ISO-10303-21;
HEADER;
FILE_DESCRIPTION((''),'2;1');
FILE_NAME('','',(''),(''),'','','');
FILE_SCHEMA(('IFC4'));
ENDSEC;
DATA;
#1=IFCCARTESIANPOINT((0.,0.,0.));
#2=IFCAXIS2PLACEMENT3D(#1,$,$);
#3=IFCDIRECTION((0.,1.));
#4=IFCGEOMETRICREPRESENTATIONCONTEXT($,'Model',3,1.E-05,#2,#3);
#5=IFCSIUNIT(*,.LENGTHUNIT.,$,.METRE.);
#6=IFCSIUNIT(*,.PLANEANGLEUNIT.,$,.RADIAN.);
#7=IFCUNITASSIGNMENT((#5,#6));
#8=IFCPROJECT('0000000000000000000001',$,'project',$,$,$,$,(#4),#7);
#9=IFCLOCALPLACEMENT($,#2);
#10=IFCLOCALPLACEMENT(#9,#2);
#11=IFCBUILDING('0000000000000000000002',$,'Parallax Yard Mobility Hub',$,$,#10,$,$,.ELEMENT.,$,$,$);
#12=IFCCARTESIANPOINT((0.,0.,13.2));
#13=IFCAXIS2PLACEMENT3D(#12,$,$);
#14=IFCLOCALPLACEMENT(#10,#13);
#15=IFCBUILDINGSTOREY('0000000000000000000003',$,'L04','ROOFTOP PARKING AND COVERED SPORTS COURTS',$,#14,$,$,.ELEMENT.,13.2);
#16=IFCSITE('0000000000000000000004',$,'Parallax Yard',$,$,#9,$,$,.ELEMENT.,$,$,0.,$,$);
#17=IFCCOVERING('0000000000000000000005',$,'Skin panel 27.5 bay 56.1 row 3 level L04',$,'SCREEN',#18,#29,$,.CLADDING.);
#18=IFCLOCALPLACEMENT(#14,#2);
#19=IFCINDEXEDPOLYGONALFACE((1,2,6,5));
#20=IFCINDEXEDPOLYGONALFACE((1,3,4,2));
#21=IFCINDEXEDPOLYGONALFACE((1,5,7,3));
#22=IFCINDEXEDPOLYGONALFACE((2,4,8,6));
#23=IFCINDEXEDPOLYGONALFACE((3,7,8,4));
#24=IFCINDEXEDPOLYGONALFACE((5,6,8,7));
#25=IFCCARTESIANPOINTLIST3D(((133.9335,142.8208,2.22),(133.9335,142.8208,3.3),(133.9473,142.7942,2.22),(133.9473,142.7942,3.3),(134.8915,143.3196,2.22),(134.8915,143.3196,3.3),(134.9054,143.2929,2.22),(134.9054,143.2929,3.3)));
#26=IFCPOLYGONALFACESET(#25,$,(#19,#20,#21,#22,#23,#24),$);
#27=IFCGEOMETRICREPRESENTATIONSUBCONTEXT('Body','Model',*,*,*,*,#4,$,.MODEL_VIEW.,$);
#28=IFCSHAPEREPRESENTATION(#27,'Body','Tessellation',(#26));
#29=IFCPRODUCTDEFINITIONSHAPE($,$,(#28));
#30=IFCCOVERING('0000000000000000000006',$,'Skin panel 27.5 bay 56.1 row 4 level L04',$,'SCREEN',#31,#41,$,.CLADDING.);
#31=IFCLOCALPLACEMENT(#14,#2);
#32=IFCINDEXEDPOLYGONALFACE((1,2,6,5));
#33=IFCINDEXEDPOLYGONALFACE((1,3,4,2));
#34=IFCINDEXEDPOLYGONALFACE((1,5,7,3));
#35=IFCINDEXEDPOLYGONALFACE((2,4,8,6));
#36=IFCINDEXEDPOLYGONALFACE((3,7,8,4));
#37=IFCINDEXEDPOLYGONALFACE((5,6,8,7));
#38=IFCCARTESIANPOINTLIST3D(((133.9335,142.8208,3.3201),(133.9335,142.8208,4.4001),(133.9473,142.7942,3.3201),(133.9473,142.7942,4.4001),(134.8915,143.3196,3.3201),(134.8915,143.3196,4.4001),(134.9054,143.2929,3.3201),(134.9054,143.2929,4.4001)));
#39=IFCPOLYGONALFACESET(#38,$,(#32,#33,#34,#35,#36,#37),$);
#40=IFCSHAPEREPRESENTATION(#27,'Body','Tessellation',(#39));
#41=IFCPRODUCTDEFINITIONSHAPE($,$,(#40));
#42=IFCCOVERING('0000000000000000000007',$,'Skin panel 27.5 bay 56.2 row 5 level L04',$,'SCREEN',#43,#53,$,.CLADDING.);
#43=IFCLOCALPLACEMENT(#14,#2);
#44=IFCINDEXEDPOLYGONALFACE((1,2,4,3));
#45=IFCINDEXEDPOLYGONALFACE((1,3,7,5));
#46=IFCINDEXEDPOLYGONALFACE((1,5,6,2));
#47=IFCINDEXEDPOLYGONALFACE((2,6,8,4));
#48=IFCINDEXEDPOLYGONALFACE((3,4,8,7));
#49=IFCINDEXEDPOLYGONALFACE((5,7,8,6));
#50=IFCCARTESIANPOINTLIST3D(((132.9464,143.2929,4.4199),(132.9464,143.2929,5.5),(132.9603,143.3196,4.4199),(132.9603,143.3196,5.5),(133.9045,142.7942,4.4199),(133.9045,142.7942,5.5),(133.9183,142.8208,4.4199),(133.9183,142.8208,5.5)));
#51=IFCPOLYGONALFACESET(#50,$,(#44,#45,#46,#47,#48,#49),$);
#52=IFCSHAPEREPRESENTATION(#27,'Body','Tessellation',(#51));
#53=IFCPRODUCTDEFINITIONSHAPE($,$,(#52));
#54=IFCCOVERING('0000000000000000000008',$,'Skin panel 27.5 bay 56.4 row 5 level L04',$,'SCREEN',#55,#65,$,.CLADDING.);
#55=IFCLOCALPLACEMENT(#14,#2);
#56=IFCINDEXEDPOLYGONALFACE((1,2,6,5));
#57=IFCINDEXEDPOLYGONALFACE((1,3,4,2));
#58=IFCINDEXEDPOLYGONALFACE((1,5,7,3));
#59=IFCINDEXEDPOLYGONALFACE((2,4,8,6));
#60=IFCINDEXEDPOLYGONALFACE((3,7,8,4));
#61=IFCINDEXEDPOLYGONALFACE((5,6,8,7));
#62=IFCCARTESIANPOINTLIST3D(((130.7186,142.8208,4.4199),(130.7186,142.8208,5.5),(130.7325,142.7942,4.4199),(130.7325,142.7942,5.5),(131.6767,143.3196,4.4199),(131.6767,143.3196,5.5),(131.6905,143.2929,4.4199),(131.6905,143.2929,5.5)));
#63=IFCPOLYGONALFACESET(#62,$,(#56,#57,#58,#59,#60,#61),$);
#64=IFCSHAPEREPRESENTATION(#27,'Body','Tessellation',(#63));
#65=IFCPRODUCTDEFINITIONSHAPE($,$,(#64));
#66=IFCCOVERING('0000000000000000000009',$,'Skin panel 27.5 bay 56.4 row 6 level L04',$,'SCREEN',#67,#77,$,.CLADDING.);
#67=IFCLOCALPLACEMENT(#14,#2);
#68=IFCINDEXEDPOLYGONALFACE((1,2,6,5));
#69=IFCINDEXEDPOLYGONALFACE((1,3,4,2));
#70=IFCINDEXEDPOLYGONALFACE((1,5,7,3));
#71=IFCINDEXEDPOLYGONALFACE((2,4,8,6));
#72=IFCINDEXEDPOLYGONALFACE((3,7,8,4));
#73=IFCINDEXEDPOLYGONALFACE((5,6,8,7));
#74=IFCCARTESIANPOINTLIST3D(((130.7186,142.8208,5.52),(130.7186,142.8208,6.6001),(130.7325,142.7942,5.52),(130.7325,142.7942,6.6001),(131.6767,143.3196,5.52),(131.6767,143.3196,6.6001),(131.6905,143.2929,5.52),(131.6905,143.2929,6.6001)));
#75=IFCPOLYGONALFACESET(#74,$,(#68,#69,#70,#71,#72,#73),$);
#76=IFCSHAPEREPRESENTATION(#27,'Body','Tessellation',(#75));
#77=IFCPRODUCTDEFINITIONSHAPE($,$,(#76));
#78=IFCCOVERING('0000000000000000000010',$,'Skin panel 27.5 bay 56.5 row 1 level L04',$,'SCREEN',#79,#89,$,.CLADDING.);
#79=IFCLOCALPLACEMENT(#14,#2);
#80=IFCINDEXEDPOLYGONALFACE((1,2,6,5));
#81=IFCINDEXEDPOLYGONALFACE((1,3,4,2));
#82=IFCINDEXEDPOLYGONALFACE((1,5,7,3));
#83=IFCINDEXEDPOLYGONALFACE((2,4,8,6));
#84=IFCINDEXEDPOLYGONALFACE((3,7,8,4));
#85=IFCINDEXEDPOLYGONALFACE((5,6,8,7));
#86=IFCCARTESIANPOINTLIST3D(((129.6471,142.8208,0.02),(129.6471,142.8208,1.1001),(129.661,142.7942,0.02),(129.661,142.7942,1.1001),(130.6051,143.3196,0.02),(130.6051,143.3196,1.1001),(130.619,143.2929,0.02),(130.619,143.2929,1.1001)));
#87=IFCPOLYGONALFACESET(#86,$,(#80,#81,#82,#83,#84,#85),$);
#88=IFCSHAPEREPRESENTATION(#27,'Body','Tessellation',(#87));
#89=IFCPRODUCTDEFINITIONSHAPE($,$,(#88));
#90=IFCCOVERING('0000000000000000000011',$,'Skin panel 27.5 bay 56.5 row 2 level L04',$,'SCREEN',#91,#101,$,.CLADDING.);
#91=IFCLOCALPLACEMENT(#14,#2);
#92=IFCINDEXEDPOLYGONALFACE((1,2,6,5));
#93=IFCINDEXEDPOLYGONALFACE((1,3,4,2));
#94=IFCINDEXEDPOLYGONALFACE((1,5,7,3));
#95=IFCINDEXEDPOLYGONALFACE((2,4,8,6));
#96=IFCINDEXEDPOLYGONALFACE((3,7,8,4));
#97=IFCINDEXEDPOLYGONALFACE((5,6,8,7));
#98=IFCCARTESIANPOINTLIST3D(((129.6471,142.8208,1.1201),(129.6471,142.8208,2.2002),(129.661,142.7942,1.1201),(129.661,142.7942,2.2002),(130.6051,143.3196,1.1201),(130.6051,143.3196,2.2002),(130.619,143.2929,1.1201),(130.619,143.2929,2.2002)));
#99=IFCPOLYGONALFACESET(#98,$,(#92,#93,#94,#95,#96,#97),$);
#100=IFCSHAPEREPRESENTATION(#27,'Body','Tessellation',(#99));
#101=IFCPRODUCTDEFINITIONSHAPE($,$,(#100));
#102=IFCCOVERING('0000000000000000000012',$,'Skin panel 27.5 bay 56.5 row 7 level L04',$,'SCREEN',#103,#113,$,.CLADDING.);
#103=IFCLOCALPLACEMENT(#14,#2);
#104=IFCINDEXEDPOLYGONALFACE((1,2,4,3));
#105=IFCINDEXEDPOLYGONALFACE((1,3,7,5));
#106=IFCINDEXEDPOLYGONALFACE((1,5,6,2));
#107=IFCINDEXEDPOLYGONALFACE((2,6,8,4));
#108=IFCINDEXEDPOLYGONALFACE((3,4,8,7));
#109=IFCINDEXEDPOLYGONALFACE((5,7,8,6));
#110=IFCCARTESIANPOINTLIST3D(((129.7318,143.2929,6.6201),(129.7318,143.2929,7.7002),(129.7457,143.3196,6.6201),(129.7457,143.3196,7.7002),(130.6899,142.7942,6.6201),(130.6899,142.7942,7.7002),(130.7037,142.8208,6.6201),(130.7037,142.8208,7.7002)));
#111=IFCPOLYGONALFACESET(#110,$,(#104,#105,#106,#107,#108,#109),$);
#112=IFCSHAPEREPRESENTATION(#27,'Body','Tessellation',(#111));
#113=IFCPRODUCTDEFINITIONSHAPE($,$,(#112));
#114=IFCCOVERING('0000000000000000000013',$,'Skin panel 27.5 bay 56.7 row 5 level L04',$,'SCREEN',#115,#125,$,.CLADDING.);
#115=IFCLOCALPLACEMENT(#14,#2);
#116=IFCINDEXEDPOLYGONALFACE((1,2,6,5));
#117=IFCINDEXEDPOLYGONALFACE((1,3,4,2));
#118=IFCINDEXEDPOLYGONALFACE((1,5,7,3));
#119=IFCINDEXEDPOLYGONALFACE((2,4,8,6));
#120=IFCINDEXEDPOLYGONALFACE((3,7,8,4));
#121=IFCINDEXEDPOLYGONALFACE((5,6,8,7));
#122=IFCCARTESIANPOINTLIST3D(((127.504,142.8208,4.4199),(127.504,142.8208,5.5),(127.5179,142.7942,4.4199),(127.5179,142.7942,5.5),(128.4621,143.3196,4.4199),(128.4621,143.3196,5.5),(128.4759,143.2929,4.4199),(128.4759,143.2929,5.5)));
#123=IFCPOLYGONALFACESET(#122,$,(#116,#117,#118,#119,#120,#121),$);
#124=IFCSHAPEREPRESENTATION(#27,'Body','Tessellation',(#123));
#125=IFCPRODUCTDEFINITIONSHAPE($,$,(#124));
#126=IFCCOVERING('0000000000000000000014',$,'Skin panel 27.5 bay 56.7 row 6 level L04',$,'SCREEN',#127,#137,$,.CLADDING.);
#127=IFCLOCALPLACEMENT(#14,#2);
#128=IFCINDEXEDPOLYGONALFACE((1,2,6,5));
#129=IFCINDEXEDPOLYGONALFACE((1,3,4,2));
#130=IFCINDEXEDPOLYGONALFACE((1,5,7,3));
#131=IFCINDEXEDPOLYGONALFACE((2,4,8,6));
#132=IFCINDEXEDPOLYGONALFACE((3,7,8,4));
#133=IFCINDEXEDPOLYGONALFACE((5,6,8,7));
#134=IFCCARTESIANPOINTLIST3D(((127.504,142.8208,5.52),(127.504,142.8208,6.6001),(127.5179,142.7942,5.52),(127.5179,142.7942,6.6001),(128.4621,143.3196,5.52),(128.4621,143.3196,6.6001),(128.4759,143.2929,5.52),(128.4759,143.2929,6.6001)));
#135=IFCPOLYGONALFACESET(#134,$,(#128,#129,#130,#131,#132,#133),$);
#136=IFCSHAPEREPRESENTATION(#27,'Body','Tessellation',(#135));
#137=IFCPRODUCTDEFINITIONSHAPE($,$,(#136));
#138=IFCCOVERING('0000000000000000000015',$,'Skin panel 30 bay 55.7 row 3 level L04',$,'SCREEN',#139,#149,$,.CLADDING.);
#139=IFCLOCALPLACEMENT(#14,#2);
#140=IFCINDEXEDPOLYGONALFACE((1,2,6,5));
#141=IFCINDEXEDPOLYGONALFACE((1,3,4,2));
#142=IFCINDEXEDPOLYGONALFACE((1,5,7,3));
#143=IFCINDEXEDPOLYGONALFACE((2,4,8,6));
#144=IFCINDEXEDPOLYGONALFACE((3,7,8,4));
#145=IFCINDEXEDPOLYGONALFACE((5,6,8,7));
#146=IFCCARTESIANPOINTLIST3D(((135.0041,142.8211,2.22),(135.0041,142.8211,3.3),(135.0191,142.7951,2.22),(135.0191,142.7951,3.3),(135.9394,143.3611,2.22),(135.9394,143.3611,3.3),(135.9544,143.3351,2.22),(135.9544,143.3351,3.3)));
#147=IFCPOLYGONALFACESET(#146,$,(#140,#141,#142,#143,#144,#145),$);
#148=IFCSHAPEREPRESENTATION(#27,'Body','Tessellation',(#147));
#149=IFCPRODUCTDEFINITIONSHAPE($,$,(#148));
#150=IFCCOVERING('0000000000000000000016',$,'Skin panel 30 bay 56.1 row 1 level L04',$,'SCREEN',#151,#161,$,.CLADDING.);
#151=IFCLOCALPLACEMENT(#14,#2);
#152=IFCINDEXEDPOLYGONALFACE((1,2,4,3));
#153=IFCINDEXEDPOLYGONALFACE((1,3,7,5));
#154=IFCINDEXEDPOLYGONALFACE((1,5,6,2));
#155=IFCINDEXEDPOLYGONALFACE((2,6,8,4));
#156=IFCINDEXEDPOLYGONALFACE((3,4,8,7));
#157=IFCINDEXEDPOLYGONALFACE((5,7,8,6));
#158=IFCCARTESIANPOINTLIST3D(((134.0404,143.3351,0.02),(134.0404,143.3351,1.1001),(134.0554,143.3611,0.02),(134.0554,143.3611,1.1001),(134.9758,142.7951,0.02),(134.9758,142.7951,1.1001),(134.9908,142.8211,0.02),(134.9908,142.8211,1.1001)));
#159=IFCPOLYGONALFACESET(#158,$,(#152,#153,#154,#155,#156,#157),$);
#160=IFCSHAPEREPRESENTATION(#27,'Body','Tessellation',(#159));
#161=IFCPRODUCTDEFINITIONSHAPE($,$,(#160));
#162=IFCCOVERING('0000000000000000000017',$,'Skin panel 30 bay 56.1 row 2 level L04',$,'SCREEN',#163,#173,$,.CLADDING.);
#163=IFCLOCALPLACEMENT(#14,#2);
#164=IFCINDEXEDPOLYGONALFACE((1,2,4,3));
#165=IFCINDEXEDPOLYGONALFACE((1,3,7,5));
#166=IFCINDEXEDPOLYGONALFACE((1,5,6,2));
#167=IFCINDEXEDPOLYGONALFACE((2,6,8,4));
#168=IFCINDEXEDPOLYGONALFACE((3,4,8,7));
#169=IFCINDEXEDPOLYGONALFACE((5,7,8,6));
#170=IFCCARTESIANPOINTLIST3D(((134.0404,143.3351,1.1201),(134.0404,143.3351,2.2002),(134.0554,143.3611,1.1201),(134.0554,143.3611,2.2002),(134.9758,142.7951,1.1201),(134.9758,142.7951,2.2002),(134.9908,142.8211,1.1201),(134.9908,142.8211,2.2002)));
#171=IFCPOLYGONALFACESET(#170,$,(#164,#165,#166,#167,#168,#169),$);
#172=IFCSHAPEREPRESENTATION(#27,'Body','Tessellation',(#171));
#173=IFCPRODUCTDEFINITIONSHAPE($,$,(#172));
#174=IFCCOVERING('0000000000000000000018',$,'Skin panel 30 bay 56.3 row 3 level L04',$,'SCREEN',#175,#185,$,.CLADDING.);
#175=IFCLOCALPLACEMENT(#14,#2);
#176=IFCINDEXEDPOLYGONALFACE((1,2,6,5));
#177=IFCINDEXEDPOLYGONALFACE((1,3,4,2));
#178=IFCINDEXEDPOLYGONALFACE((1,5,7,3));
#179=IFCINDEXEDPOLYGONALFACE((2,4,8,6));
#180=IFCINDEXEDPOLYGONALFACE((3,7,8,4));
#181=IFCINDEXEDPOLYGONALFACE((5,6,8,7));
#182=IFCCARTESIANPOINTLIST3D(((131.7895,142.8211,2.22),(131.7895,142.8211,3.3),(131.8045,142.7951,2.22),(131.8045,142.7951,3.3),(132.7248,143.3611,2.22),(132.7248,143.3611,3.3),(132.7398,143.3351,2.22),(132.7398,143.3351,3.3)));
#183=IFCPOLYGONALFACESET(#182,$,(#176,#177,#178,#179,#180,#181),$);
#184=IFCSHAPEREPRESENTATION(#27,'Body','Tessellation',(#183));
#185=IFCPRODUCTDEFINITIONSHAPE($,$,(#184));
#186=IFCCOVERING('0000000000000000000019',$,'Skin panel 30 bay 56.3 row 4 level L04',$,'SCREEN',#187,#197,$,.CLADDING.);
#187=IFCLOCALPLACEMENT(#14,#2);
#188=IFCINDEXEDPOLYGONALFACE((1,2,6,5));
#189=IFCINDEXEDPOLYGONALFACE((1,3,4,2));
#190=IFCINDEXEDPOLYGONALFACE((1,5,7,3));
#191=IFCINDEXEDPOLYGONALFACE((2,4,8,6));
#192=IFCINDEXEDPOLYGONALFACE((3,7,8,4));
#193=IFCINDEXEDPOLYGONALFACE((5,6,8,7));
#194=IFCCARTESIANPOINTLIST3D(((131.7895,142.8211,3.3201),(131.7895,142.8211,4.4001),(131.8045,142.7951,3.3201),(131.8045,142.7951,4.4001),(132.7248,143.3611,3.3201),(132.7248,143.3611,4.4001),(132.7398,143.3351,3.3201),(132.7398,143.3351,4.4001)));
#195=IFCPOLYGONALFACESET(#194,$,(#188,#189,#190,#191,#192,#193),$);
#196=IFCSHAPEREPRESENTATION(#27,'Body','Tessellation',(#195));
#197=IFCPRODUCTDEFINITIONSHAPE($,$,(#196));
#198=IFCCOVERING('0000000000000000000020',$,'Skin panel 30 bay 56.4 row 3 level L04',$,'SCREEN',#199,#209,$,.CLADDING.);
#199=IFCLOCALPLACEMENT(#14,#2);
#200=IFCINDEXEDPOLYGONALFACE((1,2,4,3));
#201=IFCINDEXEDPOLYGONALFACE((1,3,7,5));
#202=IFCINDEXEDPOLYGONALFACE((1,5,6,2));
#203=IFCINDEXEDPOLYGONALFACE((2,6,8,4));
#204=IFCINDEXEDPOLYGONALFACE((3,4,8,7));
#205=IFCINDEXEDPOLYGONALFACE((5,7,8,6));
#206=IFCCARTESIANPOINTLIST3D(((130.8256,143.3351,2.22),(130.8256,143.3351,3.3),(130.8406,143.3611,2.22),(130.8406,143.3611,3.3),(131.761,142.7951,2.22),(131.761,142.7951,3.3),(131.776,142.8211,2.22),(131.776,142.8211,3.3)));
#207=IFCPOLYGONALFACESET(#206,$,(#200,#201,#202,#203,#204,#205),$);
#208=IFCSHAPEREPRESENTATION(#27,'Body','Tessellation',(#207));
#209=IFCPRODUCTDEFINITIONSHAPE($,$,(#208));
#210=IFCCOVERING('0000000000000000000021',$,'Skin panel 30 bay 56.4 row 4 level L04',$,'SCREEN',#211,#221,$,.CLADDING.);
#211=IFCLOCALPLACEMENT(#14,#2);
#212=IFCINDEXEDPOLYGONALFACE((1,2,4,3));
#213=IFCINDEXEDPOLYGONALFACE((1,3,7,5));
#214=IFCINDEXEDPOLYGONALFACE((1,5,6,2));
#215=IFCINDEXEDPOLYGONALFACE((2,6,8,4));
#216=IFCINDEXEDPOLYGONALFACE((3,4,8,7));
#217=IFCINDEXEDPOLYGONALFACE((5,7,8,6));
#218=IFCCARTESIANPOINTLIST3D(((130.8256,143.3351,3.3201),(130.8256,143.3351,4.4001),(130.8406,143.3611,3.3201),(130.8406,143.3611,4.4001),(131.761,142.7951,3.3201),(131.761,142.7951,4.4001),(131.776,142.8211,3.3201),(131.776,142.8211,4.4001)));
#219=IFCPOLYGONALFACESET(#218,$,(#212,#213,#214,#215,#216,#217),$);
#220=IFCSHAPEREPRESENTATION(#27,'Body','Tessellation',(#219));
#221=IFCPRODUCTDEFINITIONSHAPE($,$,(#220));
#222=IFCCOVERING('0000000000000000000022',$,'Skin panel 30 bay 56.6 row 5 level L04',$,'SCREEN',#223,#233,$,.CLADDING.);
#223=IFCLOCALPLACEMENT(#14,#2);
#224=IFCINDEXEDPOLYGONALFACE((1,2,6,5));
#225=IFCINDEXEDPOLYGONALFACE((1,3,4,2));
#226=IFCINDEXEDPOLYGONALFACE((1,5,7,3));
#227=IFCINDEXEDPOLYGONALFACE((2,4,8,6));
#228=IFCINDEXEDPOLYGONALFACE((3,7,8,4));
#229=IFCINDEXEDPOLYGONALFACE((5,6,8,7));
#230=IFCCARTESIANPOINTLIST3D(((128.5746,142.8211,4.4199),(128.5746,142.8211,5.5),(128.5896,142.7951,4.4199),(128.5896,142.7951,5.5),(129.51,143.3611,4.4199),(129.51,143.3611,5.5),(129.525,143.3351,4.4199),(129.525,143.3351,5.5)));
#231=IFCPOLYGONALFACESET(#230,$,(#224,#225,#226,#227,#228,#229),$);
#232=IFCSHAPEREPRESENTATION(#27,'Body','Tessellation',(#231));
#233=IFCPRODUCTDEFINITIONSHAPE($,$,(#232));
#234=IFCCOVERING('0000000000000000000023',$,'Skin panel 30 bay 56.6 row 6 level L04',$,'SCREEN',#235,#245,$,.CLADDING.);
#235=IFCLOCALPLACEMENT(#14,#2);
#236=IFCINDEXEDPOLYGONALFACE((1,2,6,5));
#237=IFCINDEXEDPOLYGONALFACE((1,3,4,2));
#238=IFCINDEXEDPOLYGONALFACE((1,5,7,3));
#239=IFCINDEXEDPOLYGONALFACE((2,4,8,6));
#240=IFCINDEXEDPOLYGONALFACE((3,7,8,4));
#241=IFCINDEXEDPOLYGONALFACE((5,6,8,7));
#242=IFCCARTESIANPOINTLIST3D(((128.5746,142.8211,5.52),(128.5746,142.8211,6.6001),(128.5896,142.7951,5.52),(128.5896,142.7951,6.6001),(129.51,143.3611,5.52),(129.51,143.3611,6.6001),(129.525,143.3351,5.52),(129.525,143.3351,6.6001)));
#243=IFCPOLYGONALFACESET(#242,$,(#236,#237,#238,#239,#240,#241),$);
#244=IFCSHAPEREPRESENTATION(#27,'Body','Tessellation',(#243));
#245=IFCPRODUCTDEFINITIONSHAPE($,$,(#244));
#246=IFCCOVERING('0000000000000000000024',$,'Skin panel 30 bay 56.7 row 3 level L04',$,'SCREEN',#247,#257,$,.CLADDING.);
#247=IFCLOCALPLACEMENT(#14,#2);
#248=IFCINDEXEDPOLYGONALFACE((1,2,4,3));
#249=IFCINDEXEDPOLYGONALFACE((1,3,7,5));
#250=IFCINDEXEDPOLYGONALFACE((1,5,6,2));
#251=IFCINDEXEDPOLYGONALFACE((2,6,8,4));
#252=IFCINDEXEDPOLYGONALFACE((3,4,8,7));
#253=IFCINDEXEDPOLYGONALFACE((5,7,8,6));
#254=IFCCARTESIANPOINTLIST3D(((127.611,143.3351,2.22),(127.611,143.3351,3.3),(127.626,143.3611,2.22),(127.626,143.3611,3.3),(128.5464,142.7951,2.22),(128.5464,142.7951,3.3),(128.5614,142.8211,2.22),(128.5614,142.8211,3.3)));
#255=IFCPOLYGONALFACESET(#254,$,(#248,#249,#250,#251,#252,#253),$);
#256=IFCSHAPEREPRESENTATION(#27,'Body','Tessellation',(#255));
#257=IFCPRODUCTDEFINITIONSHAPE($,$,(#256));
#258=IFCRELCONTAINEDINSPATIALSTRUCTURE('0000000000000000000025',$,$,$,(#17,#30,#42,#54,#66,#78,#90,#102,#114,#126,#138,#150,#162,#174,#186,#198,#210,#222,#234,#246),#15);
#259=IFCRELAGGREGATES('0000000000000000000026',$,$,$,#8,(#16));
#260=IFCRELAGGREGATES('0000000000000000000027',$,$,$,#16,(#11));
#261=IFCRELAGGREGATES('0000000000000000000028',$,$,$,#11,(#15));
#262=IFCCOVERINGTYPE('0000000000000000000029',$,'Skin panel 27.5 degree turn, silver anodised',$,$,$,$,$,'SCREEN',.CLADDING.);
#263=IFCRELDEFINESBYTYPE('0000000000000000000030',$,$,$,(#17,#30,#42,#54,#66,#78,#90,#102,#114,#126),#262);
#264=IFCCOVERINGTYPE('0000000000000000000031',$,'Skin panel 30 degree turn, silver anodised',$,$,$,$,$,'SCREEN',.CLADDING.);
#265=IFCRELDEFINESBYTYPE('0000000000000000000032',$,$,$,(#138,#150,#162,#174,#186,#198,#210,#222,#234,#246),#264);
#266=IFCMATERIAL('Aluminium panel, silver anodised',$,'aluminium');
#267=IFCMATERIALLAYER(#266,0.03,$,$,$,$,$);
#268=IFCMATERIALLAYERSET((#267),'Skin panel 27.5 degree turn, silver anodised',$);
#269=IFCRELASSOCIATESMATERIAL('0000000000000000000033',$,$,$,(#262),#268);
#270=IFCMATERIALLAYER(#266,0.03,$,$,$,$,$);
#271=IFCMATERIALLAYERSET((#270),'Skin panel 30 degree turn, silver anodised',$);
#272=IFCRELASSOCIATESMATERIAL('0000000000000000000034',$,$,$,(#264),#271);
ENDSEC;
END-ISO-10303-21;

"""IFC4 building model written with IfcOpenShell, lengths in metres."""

from ifc_helpers import new_model, si_unit, direction, frame, origin, origin_2d, place, context, subcontext, project, spatial, rectangle, extrude, material, layer, layer_set, type_object, element, save


model = new_model("IFC4")

# Units and contexts
model_context = context("Model", 3, precision=1e-05, world=origin(), true_north=direction((0.0, 1.0)))
body_context = subcontext(model_context, "Body", "Model", "MODEL_VIEW")
ifc_project = project(units=[si_unit("LENGTHUNIT", "METRE"), si_unit("PLANEANGLEUNIT", "RADIAN")], contexts=[model_context])

# Site, building, storey
site_placement = place(None, origin())
site = spatial("IfcSite", under=ifc_project, at=site_placement, Name="Parallax Yard", CompositionType="ELEMENT", RefElevation=0.0)
building_placement = place(site_placement, origin())
building = spatial("IfcBuilding", under=site, at=building_placement, Name="Parallax Yard Mobility Hub", CompositionType="ELEMENT")
storey_placement = place(building_placement, frame((0.0, 0.0, 13.2)))
storey = spatial("IfcBuildingStorey", under=building, at=storey_placement, Name="L04", Description="ROOFTOP PARKING AND COVERED SPORTS COURTS", CompositionType="ELEMENT", Elevation=13.2)

# Coverings
ifc_material = material(Name="Aluminium panel, silver anodised", Category="aluminium")
ifc_layer_1 = layer(ifc_material, 0.03)
ifc_layer_set_1 = layer_set([ifc_layer_1], Name="Skin panel 27.5 degree turn, silver anodised")
covering_type_1 = type_object("IfcCoveringType", Name="Skin panel 27.5 degree turn, silver anodised", ElementType="SCREEN", PredefinedType="CLADDING", material=ifc_layer_set_1)
for number, where, z_axis, x_axis, name in (
    (1, (134.4194, 143.0569, 2.22), (0.0, 0.0, 1.0), (0.887011, 0.461749, 0.0), "Skin panel 27.5 bay 56.1 row 3 level L04"),
    (2, (134.4194, 143.0569, 3.3201), (0.0, 0.0, 1.0), (0.887011, 0.461749, 0.0), "Skin panel 27.5 bay 56.1 row 4 level L04"),
    (3, (133.4324, 143.0569, 4.4199), (0.0, 0.0, 1.0), (-0.887011, 0.461749, 0.0), "Skin panel 27.5 bay 56.2 row 5 level L04"),
    (4, (131.2046, 143.0569, 4.4199), (0.0, 0.0, 1.0), (0.887011, 0.461749, 0.0), "Skin panel 27.5 bay 56.4 row 5 level L04"),
    (5, (131.2046, 143.0569, 5.52), (0.0, 0.0, 1.0), (0.887011, 0.461749, 0.0), "Skin panel 27.5 bay 56.4 row 6 level L04"),
    (6, (130.1331, 143.0569, 0.02), (0.0, 0.0, 1.0), (0.887011, 0.461749, 0.0), "Skin panel 27.5 bay 56.5 row 1 level L04"),
    (7, (130.1331, 143.0569, 1.1201), (0.0, 0.0, 1.0), (0.887011, 0.461749, 0.0), "Skin panel 27.5 bay 56.5 row 2 level L04"),
    (8, (130.2178, 143.0569, 6.6201), (0.0, 0.0, 1.0), (-0.887011, 0.461749, 0.0), "Skin panel 27.5 bay 56.5 row 7 level L04"),
    (9, (127.99, 143.0569, 4.4199), (0.0, 0.0, 1.0), (0.887011, 0.461749, 0.0), "Skin panel 27.5 bay 56.7 row 5 level L04"),
    (10, (127.99, 143.0569, 5.52), (0.0, 0.0, 1.0), (0.887011, 0.461749, 0.0), "Skin panel 27.5 bay 56.7 row 6 level L04"),
):
    element("IfcCovering", number, at=place(storey_placement, frame(where, z_axis=z_axis, x_axis=x_axis)), inside=storey, type_object=covering_type_1, Name=name, ObjectType="SCREEN", PredefinedType="CLADDING", context=body_context, shape_type="SweptSolid", body=[
        extrude(rectangle(XDim=1.0801, YDim=0.03, at=origin_2d()), origin(), (0.0, 0.0, 1.0), 1.0801),
    ])
ifc_layer_2 = layer(ifc_material, 0.03)
ifc_layer_set_2 = layer_set([ifc_layer_2], Name="Skin panel 30 degree turn, silver anodised")
covering_type_2 = type_object("IfcCoveringType", Name="Skin panel 30 degree turn, silver anodised", ElementType="SCREEN", PredefinedType="CLADDING", material=ifc_layer_set_2)
for number, where, z_axis, x_axis, name in (
    (11, (135.4792, 143.0781, 2.22), (0.0, 0.0, 1.0), (0.866025, 0.5, 0.0), "Skin panel 30 bay 55.7 row 3 level L04"),
    (12, (134.5156, 143.0781, 0.02), (0.0, 0.0, 1.0), (-0.866025, 0.5, 0.0), "Skin panel 30 bay 56.1 row 1 level L04"),
    (13, (134.5156, 143.0781, 1.1201), (0.0, 0.0, 1.0), (-0.866025, 0.5, 0.0), "Skin panel 30 bay 56.1 row 2 level L04"),
    (14, (132.2646, 143.0781, 2.22), (0.0, 0.0, 1.0), (0.866025, 0.5, 0.0), "Skin panel 30 bay 56.3 row 3 level L04"),
    (15, (132.2646, 143.0781, 3.3201), (0.0, 0.0, 1.0), (0.866025, 0.5, 0.0), "Skin panel 30 bay 56.3 row 4 level L04"),
    (16, (131.3008, 143.0781, 2.22), (0.0, 0.0, 1.0), (-0.866025, 0.5, 0.0), "Skin panel 30 bay 56.4 row 3 level L04"),
    (17, (131.3008, 143.0781, 3.3201), (0.0, 0.0, 1.0), (-0.866025, 0.5, 0.0), "Skin panel 30 bay 56.4 row 4 level L04"),
    (18, (129.0498, 143.0781, 4.4199), (0.0, 0.0, 1.0), (0.866025, 0.5, 0.0), "Skin panel 30 bay 56.6 row 5 level L04"),
    (19, (129.0498, 143.0781, 5.52), (0.0, 0.0, 1.0), (0.866025, 0.5, 0.0), "Skin panel 30 bay 56.6 row 6 level L04"),
    (20, (128.0862, 143.0781, 2.22), (0.0, 0.0, 1.0), (-0.866025, 0.5, 0.0), "Skin panel 30 bay 56.7 row 3 level L04"),
):
    element("IfcCovering", number, at=place(storey_placement, frame(where, z_axis=z_axis, x_axis=x_axis)), inside=storey, type_object=covering_type_2, Name=name, ObjectType="SCREEN", PredefinedType="CLADDING", context=body_context, shape_type="SweptSolid", body=[
        extrude(rectangle(XDim=1.0801, YDim=0.03, at=origin_2d()), origin(), (0.0, 0.0, 1.0), 1.0801),
    ])

save(model, "model.ifc")
